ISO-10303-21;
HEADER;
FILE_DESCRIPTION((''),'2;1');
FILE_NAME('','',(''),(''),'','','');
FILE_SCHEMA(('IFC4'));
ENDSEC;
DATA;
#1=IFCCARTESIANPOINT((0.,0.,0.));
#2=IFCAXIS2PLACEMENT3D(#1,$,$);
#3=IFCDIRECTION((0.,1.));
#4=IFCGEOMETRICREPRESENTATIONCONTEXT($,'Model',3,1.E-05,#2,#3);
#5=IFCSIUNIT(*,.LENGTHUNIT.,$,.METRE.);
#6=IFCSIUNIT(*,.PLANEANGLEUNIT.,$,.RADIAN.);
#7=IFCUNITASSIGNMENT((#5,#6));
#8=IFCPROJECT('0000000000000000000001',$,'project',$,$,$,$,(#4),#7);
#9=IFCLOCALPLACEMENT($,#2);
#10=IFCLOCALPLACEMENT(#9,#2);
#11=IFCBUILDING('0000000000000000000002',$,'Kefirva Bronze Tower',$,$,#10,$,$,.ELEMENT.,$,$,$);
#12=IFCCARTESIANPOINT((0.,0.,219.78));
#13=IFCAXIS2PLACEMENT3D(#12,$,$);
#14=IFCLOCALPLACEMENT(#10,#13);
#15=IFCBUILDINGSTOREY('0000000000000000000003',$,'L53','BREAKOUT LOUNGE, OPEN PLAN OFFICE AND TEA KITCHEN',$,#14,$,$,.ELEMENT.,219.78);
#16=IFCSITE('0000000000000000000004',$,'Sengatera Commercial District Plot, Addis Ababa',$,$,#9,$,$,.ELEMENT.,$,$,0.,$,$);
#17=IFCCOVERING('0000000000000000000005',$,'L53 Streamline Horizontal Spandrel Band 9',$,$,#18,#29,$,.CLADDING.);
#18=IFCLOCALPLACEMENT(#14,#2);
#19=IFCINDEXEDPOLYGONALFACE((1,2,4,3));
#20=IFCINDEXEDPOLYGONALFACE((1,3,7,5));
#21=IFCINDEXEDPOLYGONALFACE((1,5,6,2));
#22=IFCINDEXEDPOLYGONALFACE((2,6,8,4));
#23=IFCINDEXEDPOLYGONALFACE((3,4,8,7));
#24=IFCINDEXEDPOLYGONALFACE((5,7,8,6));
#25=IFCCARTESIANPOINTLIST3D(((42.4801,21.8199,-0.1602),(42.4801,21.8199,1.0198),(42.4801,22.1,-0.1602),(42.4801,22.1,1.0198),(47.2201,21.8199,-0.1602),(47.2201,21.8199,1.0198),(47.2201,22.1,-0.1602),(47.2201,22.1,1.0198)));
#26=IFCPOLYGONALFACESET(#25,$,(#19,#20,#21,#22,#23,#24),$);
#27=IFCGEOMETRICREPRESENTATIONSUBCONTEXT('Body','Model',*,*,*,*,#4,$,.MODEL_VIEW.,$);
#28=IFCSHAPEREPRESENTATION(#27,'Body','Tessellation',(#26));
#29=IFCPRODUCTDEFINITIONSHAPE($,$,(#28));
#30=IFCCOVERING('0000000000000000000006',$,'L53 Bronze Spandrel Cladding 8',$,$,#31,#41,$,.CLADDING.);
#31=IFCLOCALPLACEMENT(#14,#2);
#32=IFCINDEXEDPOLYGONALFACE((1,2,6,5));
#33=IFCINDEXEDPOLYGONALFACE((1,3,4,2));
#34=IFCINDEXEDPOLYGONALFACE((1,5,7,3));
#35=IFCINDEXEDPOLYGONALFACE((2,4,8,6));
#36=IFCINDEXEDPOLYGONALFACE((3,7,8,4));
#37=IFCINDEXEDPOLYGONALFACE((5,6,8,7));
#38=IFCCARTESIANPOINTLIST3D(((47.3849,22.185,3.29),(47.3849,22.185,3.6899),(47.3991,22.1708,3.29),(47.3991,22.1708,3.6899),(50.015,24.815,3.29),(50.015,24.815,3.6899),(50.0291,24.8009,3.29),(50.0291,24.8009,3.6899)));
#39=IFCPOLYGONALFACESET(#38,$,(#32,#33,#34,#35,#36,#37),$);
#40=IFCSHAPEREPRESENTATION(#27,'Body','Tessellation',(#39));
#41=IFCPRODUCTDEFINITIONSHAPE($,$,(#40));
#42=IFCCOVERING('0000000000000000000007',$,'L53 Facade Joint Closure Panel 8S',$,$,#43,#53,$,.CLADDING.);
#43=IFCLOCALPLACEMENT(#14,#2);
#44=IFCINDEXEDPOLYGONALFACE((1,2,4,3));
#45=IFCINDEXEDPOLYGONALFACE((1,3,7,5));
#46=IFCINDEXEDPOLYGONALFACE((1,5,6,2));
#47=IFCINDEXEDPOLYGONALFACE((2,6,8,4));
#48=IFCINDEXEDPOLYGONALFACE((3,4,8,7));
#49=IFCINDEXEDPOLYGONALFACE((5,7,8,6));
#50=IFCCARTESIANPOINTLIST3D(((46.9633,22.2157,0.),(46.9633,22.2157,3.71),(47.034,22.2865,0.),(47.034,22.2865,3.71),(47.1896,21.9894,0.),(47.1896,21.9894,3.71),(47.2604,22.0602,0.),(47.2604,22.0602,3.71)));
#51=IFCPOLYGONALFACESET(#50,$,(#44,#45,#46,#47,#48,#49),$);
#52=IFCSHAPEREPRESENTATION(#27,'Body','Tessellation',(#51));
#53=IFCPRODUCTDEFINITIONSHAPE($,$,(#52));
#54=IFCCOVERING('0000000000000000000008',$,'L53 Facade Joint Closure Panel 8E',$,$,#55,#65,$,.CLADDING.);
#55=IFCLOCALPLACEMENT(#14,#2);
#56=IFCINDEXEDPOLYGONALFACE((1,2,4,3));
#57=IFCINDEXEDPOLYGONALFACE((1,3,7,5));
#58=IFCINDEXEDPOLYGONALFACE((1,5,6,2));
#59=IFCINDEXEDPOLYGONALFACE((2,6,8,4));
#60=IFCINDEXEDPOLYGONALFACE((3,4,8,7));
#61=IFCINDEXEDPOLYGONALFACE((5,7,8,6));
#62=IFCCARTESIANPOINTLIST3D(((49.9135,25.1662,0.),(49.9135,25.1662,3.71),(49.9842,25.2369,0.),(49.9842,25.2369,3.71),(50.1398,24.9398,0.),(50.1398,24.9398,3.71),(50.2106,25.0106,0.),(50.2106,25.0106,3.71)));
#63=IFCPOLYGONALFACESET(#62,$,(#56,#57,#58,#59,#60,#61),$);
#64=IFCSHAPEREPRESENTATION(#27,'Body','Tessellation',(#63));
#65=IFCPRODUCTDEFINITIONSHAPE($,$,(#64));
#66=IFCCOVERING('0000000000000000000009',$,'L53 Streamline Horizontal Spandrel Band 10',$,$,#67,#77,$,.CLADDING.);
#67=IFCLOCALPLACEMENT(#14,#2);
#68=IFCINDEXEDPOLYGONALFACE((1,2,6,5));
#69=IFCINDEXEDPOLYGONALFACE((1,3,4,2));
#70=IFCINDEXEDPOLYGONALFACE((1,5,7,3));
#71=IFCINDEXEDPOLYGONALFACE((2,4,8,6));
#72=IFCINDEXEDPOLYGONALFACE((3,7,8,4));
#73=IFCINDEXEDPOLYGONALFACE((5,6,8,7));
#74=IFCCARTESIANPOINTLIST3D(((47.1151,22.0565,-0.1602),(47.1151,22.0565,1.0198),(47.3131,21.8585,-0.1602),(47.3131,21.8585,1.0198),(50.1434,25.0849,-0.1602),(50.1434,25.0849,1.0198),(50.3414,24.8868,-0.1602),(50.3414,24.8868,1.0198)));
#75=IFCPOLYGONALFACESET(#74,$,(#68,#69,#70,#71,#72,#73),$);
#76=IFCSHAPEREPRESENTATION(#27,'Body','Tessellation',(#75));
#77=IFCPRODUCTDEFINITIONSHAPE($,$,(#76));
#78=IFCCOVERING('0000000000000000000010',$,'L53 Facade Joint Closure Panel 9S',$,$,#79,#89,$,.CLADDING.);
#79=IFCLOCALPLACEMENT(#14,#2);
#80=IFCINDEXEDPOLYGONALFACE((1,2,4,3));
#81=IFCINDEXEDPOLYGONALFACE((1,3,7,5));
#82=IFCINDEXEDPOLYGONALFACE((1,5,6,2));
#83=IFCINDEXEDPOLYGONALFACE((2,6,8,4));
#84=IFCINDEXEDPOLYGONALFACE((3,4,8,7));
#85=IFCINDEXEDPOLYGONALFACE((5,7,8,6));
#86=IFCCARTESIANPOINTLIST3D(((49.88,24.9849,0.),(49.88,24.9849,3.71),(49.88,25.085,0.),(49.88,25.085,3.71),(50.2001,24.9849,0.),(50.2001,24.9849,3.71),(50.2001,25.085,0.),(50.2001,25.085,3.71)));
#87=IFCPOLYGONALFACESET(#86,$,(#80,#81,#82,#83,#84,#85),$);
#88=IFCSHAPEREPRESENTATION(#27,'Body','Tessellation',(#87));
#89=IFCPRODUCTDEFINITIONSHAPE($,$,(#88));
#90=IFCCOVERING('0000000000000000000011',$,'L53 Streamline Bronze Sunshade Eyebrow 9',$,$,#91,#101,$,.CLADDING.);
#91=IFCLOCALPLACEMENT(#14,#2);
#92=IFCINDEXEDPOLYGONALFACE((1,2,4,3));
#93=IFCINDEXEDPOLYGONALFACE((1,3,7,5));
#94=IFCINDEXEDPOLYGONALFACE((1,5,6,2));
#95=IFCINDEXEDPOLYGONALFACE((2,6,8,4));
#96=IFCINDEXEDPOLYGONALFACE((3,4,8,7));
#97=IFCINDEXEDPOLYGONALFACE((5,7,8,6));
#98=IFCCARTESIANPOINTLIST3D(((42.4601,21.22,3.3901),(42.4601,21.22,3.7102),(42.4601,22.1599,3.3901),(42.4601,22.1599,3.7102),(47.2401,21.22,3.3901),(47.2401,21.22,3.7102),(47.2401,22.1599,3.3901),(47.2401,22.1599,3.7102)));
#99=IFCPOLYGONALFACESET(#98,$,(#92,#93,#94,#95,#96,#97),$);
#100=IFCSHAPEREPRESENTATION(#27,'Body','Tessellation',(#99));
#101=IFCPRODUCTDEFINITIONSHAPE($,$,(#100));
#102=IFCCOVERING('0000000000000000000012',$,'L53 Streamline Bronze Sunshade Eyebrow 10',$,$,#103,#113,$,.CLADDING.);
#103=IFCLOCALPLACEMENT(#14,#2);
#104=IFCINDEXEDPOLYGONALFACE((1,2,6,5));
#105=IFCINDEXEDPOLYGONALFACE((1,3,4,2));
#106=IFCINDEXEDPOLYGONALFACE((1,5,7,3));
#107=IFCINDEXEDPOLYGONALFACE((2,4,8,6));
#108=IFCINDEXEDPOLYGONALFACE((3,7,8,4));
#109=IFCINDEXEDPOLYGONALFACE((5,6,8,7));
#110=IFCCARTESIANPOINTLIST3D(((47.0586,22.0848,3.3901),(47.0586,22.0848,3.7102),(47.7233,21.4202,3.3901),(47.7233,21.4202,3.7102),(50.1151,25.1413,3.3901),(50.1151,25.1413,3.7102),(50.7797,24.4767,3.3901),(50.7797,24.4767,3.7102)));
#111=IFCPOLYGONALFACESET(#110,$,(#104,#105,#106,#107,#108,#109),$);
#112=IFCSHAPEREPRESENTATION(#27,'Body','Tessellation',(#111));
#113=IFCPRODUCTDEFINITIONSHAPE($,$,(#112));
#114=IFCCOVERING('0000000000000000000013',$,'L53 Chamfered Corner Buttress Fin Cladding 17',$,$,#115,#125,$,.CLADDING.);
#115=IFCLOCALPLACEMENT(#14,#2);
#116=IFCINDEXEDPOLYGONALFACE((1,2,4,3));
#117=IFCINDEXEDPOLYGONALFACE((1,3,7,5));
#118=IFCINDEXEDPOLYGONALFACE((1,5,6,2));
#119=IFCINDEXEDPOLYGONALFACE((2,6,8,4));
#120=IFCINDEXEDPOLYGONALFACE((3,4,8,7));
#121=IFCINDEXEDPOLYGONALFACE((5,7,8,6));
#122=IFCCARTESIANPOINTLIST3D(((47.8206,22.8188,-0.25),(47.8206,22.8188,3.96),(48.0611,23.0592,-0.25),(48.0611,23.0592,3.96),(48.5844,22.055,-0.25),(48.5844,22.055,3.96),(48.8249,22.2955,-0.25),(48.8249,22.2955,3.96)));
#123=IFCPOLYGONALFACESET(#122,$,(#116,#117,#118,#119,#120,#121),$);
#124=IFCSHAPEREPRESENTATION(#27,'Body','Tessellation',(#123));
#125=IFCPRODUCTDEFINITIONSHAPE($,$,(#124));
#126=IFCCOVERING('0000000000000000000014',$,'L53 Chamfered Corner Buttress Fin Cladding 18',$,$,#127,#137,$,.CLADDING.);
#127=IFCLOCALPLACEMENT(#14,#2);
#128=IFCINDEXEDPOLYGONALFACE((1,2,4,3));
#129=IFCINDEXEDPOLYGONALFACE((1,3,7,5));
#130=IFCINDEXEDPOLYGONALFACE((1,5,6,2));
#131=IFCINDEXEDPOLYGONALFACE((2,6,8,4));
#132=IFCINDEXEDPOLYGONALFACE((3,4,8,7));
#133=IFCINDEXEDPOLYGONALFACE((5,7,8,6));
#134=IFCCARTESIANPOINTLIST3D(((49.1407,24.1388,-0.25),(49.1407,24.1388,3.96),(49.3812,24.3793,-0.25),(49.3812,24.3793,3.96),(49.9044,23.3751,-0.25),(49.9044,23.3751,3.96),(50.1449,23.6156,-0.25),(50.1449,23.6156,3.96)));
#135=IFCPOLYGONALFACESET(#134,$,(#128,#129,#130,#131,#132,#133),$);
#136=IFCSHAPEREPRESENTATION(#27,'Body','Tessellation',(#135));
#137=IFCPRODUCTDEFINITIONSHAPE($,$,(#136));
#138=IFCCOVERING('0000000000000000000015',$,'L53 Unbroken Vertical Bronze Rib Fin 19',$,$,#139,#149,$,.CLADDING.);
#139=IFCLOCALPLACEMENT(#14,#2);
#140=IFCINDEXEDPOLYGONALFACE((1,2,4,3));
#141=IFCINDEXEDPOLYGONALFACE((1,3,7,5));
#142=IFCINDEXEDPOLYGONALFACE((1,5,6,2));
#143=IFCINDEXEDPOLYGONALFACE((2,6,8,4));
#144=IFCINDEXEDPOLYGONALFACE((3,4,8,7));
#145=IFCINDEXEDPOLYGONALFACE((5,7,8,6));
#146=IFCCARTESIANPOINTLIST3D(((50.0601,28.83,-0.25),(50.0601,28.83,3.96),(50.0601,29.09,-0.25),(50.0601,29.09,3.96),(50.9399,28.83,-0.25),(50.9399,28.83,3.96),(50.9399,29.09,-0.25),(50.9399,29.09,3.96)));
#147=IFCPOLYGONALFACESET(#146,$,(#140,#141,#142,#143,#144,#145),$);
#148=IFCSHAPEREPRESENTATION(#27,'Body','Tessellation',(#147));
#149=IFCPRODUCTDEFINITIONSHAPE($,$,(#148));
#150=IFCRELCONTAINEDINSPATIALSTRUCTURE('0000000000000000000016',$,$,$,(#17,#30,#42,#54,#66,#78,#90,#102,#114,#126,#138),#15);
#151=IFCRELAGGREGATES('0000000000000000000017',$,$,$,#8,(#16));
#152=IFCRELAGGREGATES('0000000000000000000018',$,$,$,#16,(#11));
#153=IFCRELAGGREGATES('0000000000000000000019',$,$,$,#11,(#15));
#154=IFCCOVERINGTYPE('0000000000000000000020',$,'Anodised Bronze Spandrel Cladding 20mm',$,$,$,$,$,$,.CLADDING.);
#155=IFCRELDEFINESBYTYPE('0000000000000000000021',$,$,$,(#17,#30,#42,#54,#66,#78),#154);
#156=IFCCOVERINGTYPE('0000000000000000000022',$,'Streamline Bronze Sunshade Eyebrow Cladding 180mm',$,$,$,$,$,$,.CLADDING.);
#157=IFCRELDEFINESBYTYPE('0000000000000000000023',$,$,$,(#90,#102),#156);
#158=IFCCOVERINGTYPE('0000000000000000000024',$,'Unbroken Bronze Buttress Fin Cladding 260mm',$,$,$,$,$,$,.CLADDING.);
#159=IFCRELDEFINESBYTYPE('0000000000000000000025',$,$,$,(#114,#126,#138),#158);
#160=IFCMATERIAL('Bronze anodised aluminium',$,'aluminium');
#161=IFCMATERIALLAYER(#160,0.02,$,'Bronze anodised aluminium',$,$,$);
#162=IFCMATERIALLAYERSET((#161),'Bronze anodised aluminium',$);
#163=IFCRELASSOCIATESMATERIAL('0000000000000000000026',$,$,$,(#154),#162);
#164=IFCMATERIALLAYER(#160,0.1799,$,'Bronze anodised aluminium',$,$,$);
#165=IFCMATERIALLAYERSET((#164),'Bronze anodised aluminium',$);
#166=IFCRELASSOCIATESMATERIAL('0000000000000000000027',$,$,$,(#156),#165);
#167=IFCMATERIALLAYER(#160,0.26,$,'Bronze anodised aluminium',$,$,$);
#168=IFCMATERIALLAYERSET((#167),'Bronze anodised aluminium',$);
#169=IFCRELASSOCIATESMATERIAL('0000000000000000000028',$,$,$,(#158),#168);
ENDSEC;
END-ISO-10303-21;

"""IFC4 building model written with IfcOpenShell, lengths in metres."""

from ifc_helpers import new_model, si_unit, direction, frame, origin, origin_2d, place, context, subcontext, project, spatial, rectangle, extrude, material, layer, layer_set, type_object, element, save


model = new_model("IFC4")

# Units and contexts
model_context = context("Model", 3, precision=1e-05, world=origin(), true_north=direction((0.0, 1.0)))
body_context = subcontext(model_context, "Body", "Model", "MODEL_VIEW")
ifc_project = project(units=[si_unit("LENGTHUNIT", "METRE"), si_unit("PLANEANGLEUNIT", "RADIAN")], contexts=[model_context])

# Site, building, storey
site_placement = place(None, origin())
site = spatial("IfcSite", under=ifc_project, at=site_placement, Name="Sengatera Commercial District Plot, Addis Ababa", CompositionType="ELEMENT", RefElevation=0.0)
building_placement = place(site_placement, origin())
building = spatial("IfcBuilding", under=site, at=building_placement, Name="Kefirva Bronze Tower", CompositionType="ELEMENT")
storey_placement = place(building_placement, frame((0.0, 0.0, 219.78)))
storey = spatial("IfcBuildingStorey", under=building, at=storey_placement, Name="L53", Description="BREAKOUT LOUNGE, OPEN PLAN OFFICE AND TEA KITCHEN", CompositionType="ELEMENT", Elevation=219.78)

# Coverings
ifc_material_1 = material(Name="Bronze anodised aluminium", Category="aluminium")
ifc_layer_1 = layer(ifc_material_1, 0.02, Name="Bronze anodised aluminium")
ifc_layer_set_1 = layer_set([ifc_layer_1], Name="Bronze anodised aluminium")
covering_type_1 = type_object("IfcCoveringType", Name="Anodised Bronze Spandrel Cladding 20mm", PredefinedType="CLADDING", material=ifc_layer_set_1)
covering_1_placement = place(storey_placement, frame((44.8501, 21.96, -0.1602), z_axis=(0.0, 0.0, 1.0), x_axis=(1.0, 0.0, 0.0)))
element("IfcCovering", 1, at=covering_1_placement, inside=storey, type_object=covering_type_1, Name="L53 Streamline Horizontal Spandrel Band 9", PredefinedType="CLADDING", context=body_context, shape_type="SweptSolid", body=[
    extrude(rectangle(XDim=4.74, YDim=0.28, at=origin_2d()), origin(), (0.0, 0.0, 1.0), 1.1799),
])
covering_2_placement = place(storey_placement, frame((48.707, 23.4929, 3.29), z_axis=(0.0, 0.0, 1.0), x_axis=(0.707107, 0.707107, 0.0)))
element("IfcCovering", 2, at=covering_2_placement, inside=storey, type_object=covering_type_1, Name="L53 Bronze Spandrel Cladding 8", PredefinedType="CLADDING", context=body_context, shape_type="SweptSolid", body=[
    extrude(rectangle(XDim=3.7195, YDim=0.02, at=origin_2d()), origin(), (0.0, 0.0, 1.0), 0.3999),
])
for number, where, z_axis, x_axis, name in (
    (3, (47.1118, 22.1379, 0.0), (0.0, 0.0, 1.0), (0.707107, 0.707107, 0.0), "L53 Facade Joint Closure Panel 8S"),
    (4, (50.062, 25.0884, 0.0), (0.0, 0.0, 1.0), (0.707107, 0.707107, 0.0), "L53 Facade Joint Closure Panel 8E"),
):
    element("IfcCovering", number, at=place(storey_placement, frame(where, z_axis=z_axis, x_axis=x_axis)), inside=storey, type_object=covering_type_1, Name=name, PredefinedType="CLADDING", context=body_context, shape_type="SweptSolid", body=[
        extrude(rectangle(XDim=0.1001, YDim=0.3201, at=origin_2d()), origin(), (0.0, 0.0, 1.0), 3.71),
    ])
covering_3_placement = place(storey_placement, frame((48.7283, 23.4717, -0.1602), z_axis=(0.0, 0.0, 1.0), x_axis=(0.707107, 0.707107, 0.0)))
element("IfcCovering", 5, at=covering_3_placement, inside=storey, type_object=covering_type_1, Name="L53 Streamline Horizontal Spandrel Band 10", PredefinedType="CLADDING", context=body_context, shape_type="SweptSolid", body=[
    extrude(rectangle(XDim=4.2827, YDim=0.28, at=origin_2d()), origin(), (0.0, 0.0, 1.0), 1.1799),
])
covering_4_placement = place(storey_placement, frame((50.04, 25.0349, 0.0), z_axis=(0.0, 0.0, 1.0), x_axis=(0.0, 1.0, 0.0)))
element("IfcCovering", 6, at=covering_4_placement, inside=storey, type_object=covering_type_1, Name="L53 Facade Joint Closure Panel 9S", PredefinedType="CLADDING", context=body_context, shape_type="SweptSolid", body=[
    extrude(rectangle(XDim=0.1001, YDim=0.3201, at=origin_2d()), origin(), (0.0, 0.0, 1.0), 3.71),
])
ifc_layer_2 = layer(ifc_material_1, 0.1799, Name="Bronze anodised aluminium")
ifc_layer_set_2 = layer_set([ifc_layer_2], Name="Bronze anodised aluminium")
covering_type_2 = type_object("IfcCoveringType", Name="Streamline Bronze Sunshade Eyebrow Cladding 180mm", PredefinedType="CLADDING", material=ifc_layer_set_2)
covering_5_placement = place(storey_placement, frame((44.8501, 21.6899, 3.3901), z_axis=(0.0, 0.0, 1.0), x_axis=(1.0, 0.0, 0.0)))
element("IfcCovering", 7, at=covering_5_placement, inside=storey, type_object=covering_type_2, Name="L53 Streamline Bronze Sunshade Eyebrow 9", PredefinedType="CLADDING", context=body_context, shape_type="SweptSolid", body=[
    extrude(rectangle(XDim=4.78, YDim=0.9399, at=origin_2d()), origin(), (0.0, 0.0, 1.0), 0.3201),
])
covering_6_placement = place(storey_placement, frame((48.9192, 23.2808, 3.3901), z_axis=(0.0, 0.0, 1.0), x_axis=(0.707107, 0.707107, 0.0)))
element("IfcCovering", 8, at=covering_6_placement, inside=storey, type_object=covering_type_2, Name="L53 Streamline Bronze Sunshade Eyebrow 10", PredefinedType="CLADDING", context=body_context, shape_type="SweptSolid", body=[
    extrude(rectangle(XDim=4.3225, YDim=0.9399, at=origin_2d()), origin(), (0.0, 0.0, 1.0), 0.3201),
])
ifc_layer_3 = layer(ifc_material_1, 0.26, Name="Bronze anodised aluminium")
ifc_layer_set_3 = layer_set([ifc_layer_3], Name="Bronze anodised aluminium")
covering_type_3 = type_object("IfcCoveringType", Name="Unbroken Bronze Buttress Fin Cladding 260mm", PredefinedType="CLADDING", material=ifc_layer_set_3)
for number, where, z_axis, x_axis, name in (
    (9, (48.3228, 22.5571, -0.25), (0.0, 0.0, 1.0), (0.707107, 0.707107, 0.0), "L53 Chamfered Corner Buttress Fin Cladding 17"),
    (10, (49.6428, 23.8772, -0.25), (0.0, 0.0, 1.0), (0.707107, 0.707107, 0.0), "L53 Chamfered Corner Buttress Fin Cladding 18"),
):
    element("IfcCovering", number, at=place(storey_placement, frame(where, z_axis=z_axis, x_axis=x_axis)), inside=storey, type_object=covering_type_3, Name=name, PredefinedType="CLADDING", context=body_context, shape_type="SweptSolid", body=[
        extrude(rectangle(XDim=0.3401, YDim=1.0801, at=origin_2d()), origin(), (0.0, 0.0, 1.0), 4.21),
    ])
covering_7_placement = place(storey_placement, frame((50.5, 28.96, -0.25), z_axis=(0.0, 0.0, 1.0), x_axis=(0.0, 1.0, 0.0)))
element("IfcCovering", 11, at=covering_7_placement, inside=storey, type_object=covering_type_3, Name="L53 Unbroken Vertical Bronze Rib Fin 19", PredefinedType="CLADDING", context=body_context, shape_type="SweptSolid", body=[
    extrude(rectangle(XDim=0.26, YDim=0.8799, at=origin_2d()), origin(), (0.0, 0.0, 1.0), 4.21),
])

save(model, "model.ifc")
